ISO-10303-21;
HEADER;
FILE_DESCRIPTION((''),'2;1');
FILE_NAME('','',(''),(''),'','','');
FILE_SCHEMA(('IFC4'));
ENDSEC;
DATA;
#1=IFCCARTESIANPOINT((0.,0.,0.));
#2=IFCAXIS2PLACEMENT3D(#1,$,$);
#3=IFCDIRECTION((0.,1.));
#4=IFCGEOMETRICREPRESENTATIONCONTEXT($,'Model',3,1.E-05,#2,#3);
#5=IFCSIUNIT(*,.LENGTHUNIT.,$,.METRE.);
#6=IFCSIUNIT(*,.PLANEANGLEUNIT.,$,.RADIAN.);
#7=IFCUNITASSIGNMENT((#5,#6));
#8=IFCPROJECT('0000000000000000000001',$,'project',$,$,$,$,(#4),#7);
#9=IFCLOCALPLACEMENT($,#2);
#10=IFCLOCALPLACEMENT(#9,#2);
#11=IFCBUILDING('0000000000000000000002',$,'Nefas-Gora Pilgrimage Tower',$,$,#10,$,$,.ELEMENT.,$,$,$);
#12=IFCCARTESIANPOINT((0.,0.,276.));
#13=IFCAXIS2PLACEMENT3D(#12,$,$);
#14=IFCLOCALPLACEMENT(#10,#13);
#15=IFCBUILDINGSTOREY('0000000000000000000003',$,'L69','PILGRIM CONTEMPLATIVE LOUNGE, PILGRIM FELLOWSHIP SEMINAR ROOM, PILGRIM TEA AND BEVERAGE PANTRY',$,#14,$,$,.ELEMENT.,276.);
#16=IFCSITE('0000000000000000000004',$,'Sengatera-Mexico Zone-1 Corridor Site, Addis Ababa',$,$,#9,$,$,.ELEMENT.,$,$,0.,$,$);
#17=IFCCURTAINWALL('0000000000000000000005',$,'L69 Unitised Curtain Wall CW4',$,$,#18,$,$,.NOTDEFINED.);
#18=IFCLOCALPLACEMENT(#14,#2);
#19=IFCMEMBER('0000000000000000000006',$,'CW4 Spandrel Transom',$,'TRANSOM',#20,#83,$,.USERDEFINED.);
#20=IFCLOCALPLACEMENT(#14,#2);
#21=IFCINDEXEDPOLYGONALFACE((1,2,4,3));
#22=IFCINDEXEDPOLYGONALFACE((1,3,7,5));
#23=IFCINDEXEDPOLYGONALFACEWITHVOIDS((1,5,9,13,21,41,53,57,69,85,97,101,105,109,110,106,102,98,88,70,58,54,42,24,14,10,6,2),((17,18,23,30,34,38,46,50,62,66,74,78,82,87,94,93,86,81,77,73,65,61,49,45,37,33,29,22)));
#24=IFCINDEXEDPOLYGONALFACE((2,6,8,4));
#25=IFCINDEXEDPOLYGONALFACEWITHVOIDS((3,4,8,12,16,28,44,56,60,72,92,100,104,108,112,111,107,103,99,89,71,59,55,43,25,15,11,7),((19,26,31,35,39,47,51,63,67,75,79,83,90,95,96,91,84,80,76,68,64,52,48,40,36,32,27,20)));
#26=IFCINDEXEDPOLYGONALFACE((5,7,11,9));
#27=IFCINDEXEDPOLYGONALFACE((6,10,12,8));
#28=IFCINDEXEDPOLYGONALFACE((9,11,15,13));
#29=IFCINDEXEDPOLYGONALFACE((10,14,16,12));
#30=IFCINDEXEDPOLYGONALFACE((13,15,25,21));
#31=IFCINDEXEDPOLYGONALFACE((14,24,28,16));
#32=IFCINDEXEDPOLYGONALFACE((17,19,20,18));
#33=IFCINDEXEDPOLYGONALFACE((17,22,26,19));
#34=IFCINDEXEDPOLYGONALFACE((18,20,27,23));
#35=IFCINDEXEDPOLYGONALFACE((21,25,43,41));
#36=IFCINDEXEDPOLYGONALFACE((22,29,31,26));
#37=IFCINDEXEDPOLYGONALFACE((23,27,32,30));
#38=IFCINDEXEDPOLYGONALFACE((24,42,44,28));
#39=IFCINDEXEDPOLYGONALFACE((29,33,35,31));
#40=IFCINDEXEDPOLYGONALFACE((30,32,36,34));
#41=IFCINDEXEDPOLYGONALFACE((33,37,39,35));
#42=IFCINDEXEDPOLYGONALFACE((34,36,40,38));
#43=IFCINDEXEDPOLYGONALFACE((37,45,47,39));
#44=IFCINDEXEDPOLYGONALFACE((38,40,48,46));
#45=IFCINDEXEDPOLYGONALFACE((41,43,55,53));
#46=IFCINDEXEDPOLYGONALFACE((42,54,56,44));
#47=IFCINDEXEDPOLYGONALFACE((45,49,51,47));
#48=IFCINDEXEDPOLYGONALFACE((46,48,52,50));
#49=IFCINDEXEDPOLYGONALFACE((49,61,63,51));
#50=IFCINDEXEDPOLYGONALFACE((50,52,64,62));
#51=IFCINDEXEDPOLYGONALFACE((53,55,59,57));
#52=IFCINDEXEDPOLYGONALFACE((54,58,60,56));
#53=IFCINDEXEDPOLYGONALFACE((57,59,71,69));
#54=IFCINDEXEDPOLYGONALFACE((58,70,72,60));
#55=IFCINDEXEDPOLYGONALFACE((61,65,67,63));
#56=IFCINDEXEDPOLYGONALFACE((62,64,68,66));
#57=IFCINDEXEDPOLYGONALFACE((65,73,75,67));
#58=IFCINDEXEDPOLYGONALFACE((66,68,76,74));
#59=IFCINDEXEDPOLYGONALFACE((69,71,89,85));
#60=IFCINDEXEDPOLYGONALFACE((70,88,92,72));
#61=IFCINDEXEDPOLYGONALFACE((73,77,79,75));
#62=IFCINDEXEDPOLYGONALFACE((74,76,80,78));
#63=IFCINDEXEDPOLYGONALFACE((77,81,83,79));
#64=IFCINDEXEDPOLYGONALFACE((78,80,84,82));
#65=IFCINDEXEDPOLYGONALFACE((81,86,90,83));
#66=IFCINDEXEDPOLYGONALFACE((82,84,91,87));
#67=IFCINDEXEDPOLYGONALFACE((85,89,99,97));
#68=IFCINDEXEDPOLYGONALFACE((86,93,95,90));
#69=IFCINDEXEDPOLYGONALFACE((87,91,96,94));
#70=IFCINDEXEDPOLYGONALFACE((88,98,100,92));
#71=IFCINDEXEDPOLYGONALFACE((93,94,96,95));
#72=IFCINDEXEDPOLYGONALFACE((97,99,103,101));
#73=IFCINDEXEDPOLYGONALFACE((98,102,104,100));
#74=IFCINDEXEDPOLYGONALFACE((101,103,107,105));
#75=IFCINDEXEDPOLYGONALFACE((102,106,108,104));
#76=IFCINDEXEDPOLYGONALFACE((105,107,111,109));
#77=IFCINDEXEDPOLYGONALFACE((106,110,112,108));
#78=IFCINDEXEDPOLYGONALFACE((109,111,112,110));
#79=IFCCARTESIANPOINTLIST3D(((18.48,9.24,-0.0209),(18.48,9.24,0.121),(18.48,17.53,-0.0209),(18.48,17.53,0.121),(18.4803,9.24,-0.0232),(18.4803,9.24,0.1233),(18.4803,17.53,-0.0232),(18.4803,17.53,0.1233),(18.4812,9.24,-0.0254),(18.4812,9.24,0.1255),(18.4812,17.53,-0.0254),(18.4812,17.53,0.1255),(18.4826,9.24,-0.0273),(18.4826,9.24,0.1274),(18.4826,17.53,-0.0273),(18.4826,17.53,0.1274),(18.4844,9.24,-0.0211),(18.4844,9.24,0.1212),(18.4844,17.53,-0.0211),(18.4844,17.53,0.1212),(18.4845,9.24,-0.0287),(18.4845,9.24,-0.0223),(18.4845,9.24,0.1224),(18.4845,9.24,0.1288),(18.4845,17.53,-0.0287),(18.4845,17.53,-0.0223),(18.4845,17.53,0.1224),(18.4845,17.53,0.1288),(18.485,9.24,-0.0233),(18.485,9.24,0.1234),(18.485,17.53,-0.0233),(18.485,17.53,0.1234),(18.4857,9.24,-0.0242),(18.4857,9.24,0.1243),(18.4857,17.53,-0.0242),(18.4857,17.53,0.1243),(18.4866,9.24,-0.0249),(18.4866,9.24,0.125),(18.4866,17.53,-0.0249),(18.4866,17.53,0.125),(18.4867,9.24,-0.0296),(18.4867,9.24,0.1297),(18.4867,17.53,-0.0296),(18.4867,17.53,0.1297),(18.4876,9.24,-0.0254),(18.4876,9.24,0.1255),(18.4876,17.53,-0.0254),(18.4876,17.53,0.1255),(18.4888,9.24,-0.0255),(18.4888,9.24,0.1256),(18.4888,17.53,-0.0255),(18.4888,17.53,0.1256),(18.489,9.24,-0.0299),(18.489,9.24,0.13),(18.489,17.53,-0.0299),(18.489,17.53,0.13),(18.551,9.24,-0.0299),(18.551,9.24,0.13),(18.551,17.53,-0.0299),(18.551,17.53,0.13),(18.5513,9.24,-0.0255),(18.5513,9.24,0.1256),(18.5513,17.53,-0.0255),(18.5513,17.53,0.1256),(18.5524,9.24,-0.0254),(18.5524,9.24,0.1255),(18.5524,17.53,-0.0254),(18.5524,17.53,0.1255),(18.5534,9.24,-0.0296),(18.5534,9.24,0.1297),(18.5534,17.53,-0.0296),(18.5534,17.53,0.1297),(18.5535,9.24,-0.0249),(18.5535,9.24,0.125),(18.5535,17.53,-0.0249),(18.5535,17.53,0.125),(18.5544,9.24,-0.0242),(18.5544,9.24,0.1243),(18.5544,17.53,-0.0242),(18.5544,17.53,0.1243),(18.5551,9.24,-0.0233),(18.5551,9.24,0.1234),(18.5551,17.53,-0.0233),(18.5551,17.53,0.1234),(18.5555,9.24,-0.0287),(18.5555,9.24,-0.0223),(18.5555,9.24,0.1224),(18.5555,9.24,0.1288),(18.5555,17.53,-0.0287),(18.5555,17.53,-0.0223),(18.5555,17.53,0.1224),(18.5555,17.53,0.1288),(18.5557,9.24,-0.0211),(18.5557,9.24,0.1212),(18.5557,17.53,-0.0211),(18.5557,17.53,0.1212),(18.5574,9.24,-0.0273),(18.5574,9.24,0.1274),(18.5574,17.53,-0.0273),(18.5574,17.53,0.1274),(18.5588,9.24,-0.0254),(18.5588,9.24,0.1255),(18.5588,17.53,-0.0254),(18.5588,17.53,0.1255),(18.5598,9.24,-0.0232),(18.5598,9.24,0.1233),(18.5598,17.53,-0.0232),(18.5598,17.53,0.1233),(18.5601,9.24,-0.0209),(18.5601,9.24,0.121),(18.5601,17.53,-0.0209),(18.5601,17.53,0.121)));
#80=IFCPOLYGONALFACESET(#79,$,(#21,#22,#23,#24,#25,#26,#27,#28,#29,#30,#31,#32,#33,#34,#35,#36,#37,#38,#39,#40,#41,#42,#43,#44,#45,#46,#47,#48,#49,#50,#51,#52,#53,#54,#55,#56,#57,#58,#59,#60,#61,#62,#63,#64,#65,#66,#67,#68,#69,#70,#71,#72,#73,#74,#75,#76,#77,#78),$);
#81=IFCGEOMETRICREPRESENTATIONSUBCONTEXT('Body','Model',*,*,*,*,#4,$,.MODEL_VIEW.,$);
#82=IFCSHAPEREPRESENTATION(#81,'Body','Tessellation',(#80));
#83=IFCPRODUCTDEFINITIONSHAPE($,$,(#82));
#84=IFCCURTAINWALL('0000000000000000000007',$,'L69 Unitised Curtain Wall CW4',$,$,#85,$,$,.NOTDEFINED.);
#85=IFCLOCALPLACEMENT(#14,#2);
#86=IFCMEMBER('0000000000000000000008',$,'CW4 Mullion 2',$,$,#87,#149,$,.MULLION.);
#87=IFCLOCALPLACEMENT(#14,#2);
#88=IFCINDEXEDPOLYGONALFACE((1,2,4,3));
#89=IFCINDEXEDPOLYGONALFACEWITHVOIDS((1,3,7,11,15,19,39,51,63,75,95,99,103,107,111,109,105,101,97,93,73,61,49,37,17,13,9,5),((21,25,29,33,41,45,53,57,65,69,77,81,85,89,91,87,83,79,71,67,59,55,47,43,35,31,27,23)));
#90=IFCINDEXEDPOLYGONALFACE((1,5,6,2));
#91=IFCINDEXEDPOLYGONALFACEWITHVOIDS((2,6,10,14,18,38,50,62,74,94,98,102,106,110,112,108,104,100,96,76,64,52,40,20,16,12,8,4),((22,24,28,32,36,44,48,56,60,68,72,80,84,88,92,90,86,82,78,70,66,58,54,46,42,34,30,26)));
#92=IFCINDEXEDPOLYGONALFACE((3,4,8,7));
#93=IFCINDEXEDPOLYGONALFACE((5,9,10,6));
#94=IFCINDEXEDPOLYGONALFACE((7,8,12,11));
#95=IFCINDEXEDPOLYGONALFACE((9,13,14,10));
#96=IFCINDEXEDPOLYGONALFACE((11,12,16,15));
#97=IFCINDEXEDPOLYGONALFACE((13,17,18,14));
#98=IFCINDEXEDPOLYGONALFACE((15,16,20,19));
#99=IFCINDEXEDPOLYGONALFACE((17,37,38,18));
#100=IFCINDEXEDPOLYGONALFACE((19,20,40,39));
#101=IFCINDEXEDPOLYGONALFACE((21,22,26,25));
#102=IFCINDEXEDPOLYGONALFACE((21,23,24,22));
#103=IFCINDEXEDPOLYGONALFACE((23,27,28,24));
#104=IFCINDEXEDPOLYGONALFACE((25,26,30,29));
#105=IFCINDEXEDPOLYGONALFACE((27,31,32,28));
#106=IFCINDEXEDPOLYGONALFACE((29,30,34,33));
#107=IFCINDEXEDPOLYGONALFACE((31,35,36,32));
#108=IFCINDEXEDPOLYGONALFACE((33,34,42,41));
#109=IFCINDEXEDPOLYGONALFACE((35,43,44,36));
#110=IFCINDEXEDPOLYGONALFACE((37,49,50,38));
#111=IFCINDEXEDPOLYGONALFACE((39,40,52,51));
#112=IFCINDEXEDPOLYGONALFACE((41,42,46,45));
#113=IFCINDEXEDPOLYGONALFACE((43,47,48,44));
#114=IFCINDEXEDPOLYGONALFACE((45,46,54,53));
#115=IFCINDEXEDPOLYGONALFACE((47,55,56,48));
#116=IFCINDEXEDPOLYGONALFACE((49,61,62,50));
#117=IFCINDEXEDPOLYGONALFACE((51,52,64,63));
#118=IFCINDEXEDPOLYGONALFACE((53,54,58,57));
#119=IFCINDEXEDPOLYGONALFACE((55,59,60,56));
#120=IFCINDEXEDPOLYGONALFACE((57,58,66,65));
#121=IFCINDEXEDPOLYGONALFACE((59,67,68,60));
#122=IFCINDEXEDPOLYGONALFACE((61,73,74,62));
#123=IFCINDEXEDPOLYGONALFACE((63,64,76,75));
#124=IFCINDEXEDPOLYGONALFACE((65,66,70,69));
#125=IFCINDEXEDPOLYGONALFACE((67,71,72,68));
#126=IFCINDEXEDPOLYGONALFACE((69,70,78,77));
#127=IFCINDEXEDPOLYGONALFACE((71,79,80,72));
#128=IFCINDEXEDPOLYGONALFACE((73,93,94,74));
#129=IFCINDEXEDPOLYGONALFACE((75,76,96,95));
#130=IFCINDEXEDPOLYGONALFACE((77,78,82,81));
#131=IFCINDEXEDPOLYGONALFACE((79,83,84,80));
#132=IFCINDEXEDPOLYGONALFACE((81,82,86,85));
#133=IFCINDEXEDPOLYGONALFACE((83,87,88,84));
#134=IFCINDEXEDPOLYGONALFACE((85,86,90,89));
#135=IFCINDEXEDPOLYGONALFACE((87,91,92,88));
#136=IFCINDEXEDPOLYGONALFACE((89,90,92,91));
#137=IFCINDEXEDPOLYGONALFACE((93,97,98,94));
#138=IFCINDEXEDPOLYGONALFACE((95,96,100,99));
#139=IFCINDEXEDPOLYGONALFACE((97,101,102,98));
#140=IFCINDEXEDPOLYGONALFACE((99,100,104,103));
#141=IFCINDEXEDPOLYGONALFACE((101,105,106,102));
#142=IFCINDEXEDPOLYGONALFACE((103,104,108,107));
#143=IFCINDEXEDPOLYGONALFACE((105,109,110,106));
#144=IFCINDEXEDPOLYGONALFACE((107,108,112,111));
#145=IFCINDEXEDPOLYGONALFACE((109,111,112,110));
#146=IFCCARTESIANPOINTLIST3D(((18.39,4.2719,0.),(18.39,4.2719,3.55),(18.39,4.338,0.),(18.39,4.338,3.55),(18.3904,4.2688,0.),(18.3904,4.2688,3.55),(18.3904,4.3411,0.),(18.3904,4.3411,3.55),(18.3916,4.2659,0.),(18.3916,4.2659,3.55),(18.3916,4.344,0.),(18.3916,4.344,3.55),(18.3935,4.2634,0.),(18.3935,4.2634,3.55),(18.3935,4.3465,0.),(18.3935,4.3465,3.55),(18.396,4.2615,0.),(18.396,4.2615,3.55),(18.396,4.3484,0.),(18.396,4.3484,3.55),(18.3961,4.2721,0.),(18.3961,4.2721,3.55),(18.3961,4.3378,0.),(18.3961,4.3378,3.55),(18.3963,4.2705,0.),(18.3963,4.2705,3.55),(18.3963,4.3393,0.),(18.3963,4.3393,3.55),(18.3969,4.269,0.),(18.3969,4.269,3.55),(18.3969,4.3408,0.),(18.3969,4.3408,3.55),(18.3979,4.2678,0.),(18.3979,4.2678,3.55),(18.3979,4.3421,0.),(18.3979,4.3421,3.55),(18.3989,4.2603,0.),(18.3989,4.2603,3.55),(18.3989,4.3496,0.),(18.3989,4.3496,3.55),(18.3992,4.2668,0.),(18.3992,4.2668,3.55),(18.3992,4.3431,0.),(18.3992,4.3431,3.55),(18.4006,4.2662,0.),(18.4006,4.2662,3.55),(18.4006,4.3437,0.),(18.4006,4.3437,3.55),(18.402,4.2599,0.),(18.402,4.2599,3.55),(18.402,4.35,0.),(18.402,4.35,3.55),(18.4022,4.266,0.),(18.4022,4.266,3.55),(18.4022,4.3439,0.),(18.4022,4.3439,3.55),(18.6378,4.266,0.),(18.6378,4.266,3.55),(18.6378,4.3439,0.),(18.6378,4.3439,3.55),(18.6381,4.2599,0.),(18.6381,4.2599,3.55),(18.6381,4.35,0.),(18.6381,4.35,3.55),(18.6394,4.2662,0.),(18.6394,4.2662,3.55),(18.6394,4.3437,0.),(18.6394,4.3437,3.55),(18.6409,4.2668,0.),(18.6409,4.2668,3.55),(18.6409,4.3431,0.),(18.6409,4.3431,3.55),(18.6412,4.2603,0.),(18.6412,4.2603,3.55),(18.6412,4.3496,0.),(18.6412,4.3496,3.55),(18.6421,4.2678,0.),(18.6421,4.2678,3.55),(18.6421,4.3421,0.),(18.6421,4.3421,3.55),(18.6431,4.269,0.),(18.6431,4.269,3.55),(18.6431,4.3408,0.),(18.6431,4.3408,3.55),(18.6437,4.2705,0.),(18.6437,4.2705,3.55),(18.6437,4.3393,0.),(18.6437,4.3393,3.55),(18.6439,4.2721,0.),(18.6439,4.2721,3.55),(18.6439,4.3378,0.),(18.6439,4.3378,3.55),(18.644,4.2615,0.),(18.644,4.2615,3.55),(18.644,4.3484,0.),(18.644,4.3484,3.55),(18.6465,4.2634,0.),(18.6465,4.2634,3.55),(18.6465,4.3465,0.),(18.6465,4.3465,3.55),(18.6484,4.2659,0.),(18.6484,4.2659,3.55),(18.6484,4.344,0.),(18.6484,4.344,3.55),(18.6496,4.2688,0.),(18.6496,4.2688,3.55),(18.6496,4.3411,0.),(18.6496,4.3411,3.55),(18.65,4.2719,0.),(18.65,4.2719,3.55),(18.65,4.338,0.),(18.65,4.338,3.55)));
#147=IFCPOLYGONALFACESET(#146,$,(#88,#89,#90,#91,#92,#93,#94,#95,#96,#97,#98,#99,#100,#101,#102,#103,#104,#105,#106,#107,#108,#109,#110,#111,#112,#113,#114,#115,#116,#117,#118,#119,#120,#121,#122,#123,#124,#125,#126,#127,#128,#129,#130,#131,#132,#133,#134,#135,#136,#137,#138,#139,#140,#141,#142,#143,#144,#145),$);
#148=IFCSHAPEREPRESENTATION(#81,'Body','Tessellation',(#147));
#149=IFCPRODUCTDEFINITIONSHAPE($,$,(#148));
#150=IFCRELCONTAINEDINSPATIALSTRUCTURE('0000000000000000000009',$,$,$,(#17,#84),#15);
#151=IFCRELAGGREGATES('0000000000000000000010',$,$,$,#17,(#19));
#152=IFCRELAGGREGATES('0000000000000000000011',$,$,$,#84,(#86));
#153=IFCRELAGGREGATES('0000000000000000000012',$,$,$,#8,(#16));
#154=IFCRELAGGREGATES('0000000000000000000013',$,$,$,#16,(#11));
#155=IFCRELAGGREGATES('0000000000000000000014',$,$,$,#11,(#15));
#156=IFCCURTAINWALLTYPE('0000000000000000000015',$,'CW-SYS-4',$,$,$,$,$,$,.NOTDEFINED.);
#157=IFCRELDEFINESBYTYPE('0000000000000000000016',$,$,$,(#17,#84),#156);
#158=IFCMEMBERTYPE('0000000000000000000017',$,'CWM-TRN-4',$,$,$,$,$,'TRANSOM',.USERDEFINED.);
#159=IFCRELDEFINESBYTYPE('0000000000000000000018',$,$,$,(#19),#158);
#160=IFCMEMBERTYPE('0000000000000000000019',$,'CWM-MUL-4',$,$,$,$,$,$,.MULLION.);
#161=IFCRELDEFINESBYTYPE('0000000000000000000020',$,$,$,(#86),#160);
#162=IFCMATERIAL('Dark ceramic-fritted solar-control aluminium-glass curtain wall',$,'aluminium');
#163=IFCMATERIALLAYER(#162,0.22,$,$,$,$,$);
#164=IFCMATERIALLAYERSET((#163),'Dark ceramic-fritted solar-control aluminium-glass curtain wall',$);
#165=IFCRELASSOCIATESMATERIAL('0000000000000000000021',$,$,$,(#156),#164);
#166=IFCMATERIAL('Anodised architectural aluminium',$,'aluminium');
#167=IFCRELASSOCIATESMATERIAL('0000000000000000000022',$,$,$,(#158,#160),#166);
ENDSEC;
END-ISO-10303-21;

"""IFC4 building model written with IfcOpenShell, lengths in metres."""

from ifc_helpers import new_model, si_unit, direction, frame, origin, origin_2d, place, context, subcontext, project, spatial, hollow_rectangle, extrude, source, transform, mapped, material, layer, layer_set, material_profile, profile_set, type_object, element, aggregate, save


model = new_model("IFC4")

# Units and contexts
model_context = context("Model", 3, precision=1e-05, world=origin(), true_north=direction((0.0, 1.0)))
body_context = subcontext(model_context, "Body", "Model", "MODEL_VIEW")
ifc_project = project(units=[si_unit("LENGTHUNIT", "METRE"), si_unit("PLANEANGLEUNIT", "RADIAN")], contexts=[model_context])

# Site, building, storey
site_placement = place(None, origin())
site = spatial("IfcSite", under=ifc_project, at=site_placement, Name="Sengatera-Mexico Zone-1 Corridor Site, Addis Ababa", CompositionType="ELEMENT", RefElevation=0.0)
building_placement = place(site_placement, origin())
building = spatial("IfcBuilding", under=site, at=building_placement, Name="Nefas-Gora Pilgrimage Tower", CompositionType="ELEMENT")
storey_placement = place(building_placement, frame((0.0, 0.0, 276.0)))
storey = spatial("IfcBuildingStorey", under=building, at=storey_placement, Name="L69", Description="PILGRIM CONTEMPLATIVE LOUNGE, PILGRIM FELLOWSHIP SEMINAR ROOM, PILGRIM TEA AND BEVERAGE PANTRY", CompositionType="ELEMENT", Elevation=276.0)

# Curtain walls, members
ifc_material_1 = material(Name="Dark ceramic-fritted solar-control aluminium-glass curtain wall", Category="aluminium")
ifc_layer_1 = layer(ifc_material_1, 0.22)
ifc_layer_set_1 = layer_set([ifc_layer_1], Name="Dark ceramic-fritted solar-control aluminium-glass curtain wall")
curtain_wall_type = type_object("IfcCurtainWallType", Name="CW-SYS-4", PredefinedType="NOTDEFINED", material=ifc_layer_set_1)
curtain_wall_1_placement = place(storey_placement, origin())
curtain_wall_1 = element("IfcCurtainWall", 1, at=curtain_wall_1_placement, inside=storey, type_object=curtain_wall_type, Name="L69 Unitised Curtain Wall CW4", PredefinedType="NOTDEFINED")
ifc_material_2 = material(Name="Anodised architectural aluminium", Category="aluminium")
ifc_material_profile_1 = material_profile(ifc_material_2, hollow_rectangle(XDim=0.0801, YDim=0.1599, WallThickness=0.0044, InnerFilletRadius=0.0044, OuterFilletRadius=0.009, at=origin_2d()), Name="ALU TRANSOM 80x160")
ifc_profile_set_1 = profile_set([ifc_material_profile_1], Name="Anodised architectural aluminium")
member_type_1 = type_object("IfcMemberType", Name="CWM-TRN-4", ElementType="TRANSOM", PredefinedType="USERDEFINED", material=ifc_profile_set_1)
shared_shape_1 = source(origin(), body_context, "Body", "SweptSolid", [
    extrude(hollow_rectangle(XDim=0.0801, YDim=0.1599, WallThickness=0.0044, InnerFilletRadius=0.0044, OuterFilletRadius=0.009, at=origin_2d()), origin(), (0.0, 0.0, 1.0), 8.29),
])
member_1_placement = place(storey_placement, frame((18.52, 9.24, 0.05), z_axis=(0.0, 1.0, 0.0), x_axis=(-1.0, 0.0, 0.0)))
member_1 = element("IfcMember", 2, at=member_1_placement, type_object=member_type_1, Name="CW4 Spandrel Transom", ObjectType="TRANSOM", PredefinedType="USERDEFINED", context=body_context, shape_type="MappedRepresentation", body=[
    mapped(shared_shape_1, transform((0.0, 0.0, 0.0), x_axis=(1.0, 0.0, 0.0), y_axis=(0.0, 1.0, 0.0), z_axis=(0.0, 0.0, 1.0), scale=1.0)),
])
curtain_wall_2_placement = place(storey_placement, origin())
curtain_wall_2 = element("IfcCurtainWall", 3, at=curtain_wall_2_placement, inside=storey, type_object=curtain_wall_type, Name="L69 Unitised Curtain Wall CW4", PredefinedType="NOTDEFINED")
ifc_material_profile_2 = material_profile(ifc_material_2, hollow_rectangle(XDim=0.0901, YDim=0.26, WallThickness=0.0061, InnerFilletRadius=0.0061, OuterFilletRadius=0.012, at=origin_2d()), Name="ALU MULLION 90x260")
ifc_profile_set_2 = profile_set([ifc_material_profile_2], Name="Anodised architectural aluminium")
member_type_2 = type_object("IfcMemberType", Name="CWM-MUL-4", PredefinedType="MULLION", material=ifc_profile_set_2)
shared_shape_2 = source(origin(), body_context, "Body", "SweptSolid", [
    extrude(hollow_rectangle(XDim=0.0901, YDim=0.26, WallThickness=0.0061, InnerFilletRadius=0.0061, OuterFilletRadius=0.012, at=origin_2d()), origin(), (0.0, 0.0, 1.0), 3.55),
])
member_2_placement = place(storey_placement, frame((18.52, 4.3049, 0.0), z_axis=(0.0, 0.0, 1.0), x_axis=(0.0, 1.0, 0.0)))
member_2 = element("IfcMember", 4, at=member_2_placement, type_object=member_type_2, Name="CW4 Mullion 2", PredefinedType="MULLION", context=body_context, shape_type="MappedRepresentation", body=[
    mapped(shared_shape_2, transform((0.0, 0.0, 0.0), x_axis=(1.0, 0.0, 0.0), y_axis=(0.0, 1.0, 0.0), z_axis=(0.0, 0.0, 1.0), scale=1.0)),
])

aggregate(curtain_wall_1, [member_1])

aggregate(curtain_wall_2, [member_2])

save(model, "model.ifc")
